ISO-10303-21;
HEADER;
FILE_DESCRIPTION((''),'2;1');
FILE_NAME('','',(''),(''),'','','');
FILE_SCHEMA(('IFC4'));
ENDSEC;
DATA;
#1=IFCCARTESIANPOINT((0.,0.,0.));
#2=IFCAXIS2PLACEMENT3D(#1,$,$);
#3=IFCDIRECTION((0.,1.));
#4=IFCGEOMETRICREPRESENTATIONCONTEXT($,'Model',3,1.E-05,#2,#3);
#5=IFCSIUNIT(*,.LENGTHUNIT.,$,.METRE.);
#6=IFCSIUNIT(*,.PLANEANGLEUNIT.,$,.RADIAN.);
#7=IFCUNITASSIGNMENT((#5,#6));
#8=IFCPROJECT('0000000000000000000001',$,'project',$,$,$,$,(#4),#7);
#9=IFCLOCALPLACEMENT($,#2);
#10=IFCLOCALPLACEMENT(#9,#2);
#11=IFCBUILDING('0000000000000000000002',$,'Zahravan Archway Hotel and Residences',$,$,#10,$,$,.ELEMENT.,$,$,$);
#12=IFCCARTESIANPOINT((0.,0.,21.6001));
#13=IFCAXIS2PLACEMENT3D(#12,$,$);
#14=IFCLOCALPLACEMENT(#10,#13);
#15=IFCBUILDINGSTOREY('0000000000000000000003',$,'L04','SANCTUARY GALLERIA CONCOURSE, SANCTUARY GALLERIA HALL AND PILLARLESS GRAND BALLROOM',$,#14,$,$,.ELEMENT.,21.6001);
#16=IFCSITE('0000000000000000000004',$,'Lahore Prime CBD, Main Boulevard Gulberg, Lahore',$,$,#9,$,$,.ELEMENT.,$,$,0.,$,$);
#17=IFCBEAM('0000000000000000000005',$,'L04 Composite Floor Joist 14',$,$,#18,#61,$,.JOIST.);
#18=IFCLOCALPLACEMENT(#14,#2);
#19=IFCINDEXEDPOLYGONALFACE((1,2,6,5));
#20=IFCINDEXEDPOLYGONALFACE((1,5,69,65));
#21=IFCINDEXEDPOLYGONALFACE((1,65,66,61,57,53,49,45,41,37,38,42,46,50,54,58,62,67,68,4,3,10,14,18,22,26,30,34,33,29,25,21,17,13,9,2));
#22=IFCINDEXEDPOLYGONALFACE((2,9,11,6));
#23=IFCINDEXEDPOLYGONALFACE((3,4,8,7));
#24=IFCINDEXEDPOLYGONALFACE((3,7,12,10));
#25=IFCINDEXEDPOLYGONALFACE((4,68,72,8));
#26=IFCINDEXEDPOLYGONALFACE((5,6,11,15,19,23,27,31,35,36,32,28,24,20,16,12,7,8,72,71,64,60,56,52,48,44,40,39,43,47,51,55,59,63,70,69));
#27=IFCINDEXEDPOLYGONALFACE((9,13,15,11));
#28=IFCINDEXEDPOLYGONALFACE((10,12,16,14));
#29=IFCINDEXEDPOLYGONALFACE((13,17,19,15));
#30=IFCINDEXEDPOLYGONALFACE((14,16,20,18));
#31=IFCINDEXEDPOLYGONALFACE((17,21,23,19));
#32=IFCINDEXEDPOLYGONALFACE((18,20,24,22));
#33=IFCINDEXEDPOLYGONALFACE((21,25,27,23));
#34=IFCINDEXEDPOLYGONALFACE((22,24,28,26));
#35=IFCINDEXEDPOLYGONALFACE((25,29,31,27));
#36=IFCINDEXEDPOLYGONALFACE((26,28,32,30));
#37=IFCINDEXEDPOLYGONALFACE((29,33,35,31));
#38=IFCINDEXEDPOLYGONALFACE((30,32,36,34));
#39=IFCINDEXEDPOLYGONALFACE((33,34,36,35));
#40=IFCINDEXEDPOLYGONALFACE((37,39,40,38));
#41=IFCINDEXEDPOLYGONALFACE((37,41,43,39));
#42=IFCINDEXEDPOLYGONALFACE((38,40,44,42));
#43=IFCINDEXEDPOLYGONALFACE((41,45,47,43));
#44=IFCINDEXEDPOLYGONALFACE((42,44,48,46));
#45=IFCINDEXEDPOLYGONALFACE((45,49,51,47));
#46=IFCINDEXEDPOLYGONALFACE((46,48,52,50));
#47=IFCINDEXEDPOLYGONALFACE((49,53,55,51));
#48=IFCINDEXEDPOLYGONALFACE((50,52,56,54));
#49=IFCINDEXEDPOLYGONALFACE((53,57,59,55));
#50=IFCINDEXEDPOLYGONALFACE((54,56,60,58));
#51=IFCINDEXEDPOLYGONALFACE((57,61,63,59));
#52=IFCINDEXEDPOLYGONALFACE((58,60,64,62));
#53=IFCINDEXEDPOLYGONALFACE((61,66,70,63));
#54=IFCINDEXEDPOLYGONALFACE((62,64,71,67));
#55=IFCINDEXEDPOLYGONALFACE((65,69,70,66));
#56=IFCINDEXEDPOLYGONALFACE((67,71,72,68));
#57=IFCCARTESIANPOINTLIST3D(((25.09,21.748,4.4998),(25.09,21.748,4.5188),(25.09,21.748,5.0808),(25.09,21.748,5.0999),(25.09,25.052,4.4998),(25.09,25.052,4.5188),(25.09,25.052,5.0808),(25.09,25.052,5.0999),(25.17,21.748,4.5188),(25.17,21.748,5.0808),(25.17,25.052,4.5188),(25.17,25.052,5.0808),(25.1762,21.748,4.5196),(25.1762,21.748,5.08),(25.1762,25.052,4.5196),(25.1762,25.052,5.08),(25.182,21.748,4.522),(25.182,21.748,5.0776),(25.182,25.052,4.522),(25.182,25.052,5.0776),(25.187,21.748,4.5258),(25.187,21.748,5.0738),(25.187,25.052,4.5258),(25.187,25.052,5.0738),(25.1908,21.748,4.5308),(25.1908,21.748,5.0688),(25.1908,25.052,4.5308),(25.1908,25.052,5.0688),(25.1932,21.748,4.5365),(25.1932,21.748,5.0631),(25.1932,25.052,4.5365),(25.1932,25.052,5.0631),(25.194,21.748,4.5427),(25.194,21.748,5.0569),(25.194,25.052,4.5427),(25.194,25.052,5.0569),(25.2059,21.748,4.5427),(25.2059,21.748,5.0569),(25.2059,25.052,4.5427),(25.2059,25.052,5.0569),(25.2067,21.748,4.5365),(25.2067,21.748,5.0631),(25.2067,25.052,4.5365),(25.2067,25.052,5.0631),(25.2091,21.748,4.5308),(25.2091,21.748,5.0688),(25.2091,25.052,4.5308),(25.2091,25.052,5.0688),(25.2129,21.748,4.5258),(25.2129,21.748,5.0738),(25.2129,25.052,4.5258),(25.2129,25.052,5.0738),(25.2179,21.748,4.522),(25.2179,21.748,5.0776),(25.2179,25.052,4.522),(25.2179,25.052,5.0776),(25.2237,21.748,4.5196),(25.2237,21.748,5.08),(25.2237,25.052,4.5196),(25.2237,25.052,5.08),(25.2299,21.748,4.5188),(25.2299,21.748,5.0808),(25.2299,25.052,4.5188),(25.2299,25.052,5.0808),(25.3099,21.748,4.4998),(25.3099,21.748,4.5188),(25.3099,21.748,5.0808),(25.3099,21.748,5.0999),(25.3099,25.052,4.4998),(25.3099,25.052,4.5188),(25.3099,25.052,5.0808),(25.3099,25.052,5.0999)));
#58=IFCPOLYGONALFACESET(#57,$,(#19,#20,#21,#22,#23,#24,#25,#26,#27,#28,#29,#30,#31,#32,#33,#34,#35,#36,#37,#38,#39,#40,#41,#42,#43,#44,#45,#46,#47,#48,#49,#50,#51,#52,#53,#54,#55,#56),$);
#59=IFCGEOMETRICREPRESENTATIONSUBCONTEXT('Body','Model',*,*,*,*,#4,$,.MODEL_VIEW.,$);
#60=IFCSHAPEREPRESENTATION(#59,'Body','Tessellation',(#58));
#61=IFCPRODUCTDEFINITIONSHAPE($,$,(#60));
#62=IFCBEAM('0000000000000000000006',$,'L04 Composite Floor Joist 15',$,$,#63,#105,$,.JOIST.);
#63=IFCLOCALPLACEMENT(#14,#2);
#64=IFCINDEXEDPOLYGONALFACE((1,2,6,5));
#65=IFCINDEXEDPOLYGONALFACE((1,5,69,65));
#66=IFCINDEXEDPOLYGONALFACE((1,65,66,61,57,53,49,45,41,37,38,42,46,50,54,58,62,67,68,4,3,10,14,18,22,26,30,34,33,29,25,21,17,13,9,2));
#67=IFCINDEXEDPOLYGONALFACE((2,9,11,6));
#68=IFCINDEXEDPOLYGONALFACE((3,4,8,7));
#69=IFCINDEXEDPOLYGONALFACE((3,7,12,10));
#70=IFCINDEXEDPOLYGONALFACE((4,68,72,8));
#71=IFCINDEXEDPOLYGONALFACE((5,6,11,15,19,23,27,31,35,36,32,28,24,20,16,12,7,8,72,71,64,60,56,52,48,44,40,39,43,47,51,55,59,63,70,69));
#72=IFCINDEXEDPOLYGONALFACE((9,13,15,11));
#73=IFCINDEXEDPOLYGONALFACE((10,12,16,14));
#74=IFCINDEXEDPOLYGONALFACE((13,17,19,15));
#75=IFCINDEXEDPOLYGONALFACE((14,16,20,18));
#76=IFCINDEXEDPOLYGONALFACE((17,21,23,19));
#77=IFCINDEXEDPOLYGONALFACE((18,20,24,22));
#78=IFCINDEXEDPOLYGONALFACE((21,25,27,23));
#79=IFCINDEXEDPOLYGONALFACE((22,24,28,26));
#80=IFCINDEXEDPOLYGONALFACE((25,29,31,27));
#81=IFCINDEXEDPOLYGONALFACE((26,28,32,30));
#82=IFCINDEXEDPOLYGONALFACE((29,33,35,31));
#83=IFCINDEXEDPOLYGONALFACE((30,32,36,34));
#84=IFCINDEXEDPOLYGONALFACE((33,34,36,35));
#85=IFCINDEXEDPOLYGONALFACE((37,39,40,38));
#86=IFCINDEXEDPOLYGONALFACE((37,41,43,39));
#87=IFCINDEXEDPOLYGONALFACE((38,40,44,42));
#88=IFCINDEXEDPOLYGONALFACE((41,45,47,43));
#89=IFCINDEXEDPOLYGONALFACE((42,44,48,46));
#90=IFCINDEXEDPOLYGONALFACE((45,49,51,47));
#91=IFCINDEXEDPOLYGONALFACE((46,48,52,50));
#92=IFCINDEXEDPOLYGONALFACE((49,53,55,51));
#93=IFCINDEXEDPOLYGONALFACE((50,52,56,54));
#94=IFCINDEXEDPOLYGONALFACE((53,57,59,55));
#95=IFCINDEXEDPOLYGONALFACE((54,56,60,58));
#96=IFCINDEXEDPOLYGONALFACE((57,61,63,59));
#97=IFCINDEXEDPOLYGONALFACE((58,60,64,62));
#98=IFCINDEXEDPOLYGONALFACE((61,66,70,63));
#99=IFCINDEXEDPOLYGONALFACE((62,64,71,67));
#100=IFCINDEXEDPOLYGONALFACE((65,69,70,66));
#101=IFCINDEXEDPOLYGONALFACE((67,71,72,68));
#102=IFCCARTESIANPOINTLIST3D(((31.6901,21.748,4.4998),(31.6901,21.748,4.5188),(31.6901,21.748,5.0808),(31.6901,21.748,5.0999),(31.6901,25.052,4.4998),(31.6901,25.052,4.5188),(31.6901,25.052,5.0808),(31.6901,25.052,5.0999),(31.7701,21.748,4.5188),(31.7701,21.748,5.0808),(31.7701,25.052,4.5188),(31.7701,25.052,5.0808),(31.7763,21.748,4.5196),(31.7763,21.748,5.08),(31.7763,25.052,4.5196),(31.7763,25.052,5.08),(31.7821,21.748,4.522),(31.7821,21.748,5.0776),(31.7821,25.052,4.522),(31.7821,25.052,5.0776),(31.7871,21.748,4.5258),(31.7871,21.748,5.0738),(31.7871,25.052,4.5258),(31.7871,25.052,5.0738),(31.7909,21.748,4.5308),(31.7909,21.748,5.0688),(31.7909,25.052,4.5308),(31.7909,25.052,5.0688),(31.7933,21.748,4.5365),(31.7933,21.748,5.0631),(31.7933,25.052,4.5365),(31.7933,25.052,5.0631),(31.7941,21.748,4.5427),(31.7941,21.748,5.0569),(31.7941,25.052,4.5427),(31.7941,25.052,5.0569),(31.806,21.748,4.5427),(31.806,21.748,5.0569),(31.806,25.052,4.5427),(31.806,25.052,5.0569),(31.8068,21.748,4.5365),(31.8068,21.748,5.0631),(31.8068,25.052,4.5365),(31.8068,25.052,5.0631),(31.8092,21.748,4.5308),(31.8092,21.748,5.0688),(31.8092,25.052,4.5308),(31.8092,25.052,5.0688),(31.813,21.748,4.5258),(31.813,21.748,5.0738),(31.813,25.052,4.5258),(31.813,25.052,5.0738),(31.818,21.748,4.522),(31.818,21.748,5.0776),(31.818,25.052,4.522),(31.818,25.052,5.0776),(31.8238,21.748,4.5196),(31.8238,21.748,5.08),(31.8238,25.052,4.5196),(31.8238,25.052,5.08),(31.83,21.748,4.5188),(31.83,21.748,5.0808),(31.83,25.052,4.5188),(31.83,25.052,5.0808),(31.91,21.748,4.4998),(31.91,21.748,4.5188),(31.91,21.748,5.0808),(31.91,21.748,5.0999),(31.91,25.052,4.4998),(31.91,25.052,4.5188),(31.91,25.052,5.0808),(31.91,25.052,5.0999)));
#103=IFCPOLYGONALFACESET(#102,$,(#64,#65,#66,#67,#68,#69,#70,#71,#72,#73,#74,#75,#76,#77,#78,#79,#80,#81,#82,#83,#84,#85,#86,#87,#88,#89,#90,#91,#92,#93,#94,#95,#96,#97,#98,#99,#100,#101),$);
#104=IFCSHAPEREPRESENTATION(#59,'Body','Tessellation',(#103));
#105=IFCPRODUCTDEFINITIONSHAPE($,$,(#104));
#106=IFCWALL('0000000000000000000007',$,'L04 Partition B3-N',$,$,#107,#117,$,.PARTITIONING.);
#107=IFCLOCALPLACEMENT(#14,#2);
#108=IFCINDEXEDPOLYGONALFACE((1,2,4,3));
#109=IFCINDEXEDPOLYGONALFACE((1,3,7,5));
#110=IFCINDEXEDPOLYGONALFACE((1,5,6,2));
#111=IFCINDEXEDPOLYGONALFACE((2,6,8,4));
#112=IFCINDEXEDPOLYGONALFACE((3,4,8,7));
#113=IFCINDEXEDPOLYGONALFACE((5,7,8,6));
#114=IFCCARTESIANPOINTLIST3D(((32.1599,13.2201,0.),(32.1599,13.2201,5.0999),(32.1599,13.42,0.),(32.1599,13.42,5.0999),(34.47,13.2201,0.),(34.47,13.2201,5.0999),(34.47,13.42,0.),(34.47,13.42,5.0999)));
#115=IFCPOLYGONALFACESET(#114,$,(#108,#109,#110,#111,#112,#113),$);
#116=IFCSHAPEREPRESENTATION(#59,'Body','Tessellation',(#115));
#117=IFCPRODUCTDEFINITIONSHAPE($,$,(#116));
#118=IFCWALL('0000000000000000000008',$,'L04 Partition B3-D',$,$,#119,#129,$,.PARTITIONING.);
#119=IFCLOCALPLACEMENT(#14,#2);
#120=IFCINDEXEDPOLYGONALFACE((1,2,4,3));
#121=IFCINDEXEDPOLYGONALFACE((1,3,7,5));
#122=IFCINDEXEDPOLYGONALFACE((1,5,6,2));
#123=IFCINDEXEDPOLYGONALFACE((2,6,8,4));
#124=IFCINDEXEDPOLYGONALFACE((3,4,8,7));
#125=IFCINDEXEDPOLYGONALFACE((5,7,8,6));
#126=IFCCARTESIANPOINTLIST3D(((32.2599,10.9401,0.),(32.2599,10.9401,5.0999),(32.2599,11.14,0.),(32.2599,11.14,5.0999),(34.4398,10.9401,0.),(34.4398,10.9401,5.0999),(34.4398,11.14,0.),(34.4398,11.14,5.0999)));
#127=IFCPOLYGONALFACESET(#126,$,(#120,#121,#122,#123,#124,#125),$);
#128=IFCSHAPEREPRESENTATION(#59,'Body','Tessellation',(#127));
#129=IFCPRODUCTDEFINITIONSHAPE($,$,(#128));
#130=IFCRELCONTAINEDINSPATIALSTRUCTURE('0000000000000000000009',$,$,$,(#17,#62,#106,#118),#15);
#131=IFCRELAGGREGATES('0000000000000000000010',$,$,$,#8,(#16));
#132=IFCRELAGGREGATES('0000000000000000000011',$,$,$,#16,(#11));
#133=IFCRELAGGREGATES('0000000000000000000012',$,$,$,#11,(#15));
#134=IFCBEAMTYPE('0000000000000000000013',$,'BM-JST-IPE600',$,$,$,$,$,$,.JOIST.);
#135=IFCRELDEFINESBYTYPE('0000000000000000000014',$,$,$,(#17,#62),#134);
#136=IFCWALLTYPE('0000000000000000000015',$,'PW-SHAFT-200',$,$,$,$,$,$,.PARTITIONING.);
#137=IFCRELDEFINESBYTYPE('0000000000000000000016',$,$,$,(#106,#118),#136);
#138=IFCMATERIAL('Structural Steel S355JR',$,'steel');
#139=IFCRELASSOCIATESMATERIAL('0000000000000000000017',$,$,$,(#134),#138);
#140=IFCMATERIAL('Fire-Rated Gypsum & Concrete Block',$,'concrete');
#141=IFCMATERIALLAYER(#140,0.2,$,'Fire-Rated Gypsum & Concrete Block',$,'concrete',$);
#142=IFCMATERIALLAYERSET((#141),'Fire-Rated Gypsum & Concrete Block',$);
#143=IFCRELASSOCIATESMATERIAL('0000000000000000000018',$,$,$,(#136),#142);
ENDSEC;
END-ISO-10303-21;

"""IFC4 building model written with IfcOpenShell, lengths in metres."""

from ifc_helpers import new_model, si_unit, direction, frame, frame_2d, origin, origin_2d, place, context, subcontext, project, spatial, rectangle, i_section, extrude, source, transform, mapped, material, layer, layer_set, material_profile, profile_set, type_object, element, save


model = new_model("IFC4")

# Units and contexts
model_context = context("Model", 3, precision=1e-05, world=origin(), true_north=direction((0.0, 1.0)))
body_context = subcontext(model_context, "Body", "Model", "MODEL_VIEW")
ifc_project = project(units=[si_unit("LENGTHUNIT", "METRE"), si_unit("PLANEANGLEUNIT", "RADIAN")], contexts=[model_context])

# Site, building, storey
site_placement = place(None, origin())
site = spatial("IfcSite", under=ifc_project, at=site_placement, Name="Lahore Prime CBD, Main Boulevard Gulberg, Lahore", CompositionType="ELEMENT", RefElevation=0.0)
building_placement = place(site_placement, origin())
building = spatial("IfcBuilding", under=site, at=building_placement, Name="Zahravan Archway Hotel and Residences", CompositionType="ELEMENT")
storey_placement = place(building_placement, frame((0.0, 0.0, 21.6001)))
storey = spatial("IfcBuildingStorey", under=building, at=storey_placement, Name="L04", Description="SANCTUARY GALLERIA CONCOURSE, SANCTUARY GALLERIA HALL AND PILLARLESS GRAND BALLROOM", CompositionType="ELEMENT", Elevation=21.6001)

# Beams
ifc_material_1 = material(Name="Structural Steel S355JR", Category="steel")
ifc_material_profile_1 = material_profile(ifc_material_1, i_section(OverallWidth=0.22, OverallDepth=0.6001, WebThickness=0.012, FlangeThickness=0.019, FilletRadius=0.0239, at=origin_2d()), Name="IPE 600", Category="steel")
ifc_profile_set_1 = profile_set([ifc_material_profile_1], Name="Structural Steel S355JR")
beam_type_1 = type_object("IfcBeamType", Name="BM-JST-IPE600", PredefinedType="JOIST", material=ifc_profile_set_1)
shared_shape_1 = source(origin(), body_context, "Body", "SweptSolid", [
    extrude(i_section(OverallWidth=0.22, OverallDepth=0.6001, WebThickness=0.012, FlangeThickness=0.019, FilletRadius=0.0239, at=origin_2d()), origin(), (0.0, 0.0, 1.0), 3.304),
])
for number, where, z_axis, x_axis, name in (
    (1, (25.2, 21.748, 4.7998), (0.0, 1.0, 0.0), (-1.0, 0.0, 0.0), "L04 Composite Floor Joist 14"),
    (2, (31.8, 21.748, 4.7998), (0.0, 1.0, 0.0), (-1.0, 0.0, 0.0), "L04 Composite Floor Joist 15"),
):
    element("IfcBeam", number, at=place(storey_placement, frame(where, z_axis=z_axis, x_axis=x_axis)), inside=storey, type_object=beam_type_1, Name=name, PredefinedType="JOIST", context=body_context, shape_type="MappedRepresentation", body=[
        mapped(shared_shape_1, transform((0.0, 0.0, 0.0), scale=1.0)),
    ])

# Walls
ifc_material_2 = material(Name="Fire-Rated Gypsum & Concrete Block", Category="concrete")
ifc_layer_1 = layer(ifc_material_2, 0.2, Name="Fire-Rated Gypsum & Concrete Block", Category="concrete")
ifc_layer_set_1 = layer_set([ifc_layer_1], Name="Fire-Rated Gypsum & Concrete Block")
wall_type_1 = type_object("IfcWallType", Name="PW-SHAFT-200", PredefinedType="PARTITIONING", material=ifc_layer_set_1)
wall_1_placement = place(storey_placement, frame((32.1599, 13.3201, 0.0), z_axis=(0.0, 0.0, 1.0), x_axis=(1.0, 0.0, 0.0)))
element("IfcWall", 3, at=wall_1_placement, inside=storey, type_object=wall_type_1, Name="L04 Partition B3-N", PredefinedType="PARTITIONING", context=body_context, shape_type="SweptSolid", body=[
    extrude(rectangle(XDim=2.3101, YDim=0.2, at=frame_2d((1.155, 0.0))), origin(), (0.0, 0.0, 1.0), 5.0999),
])
wall_2_placement = place(storey_placement, frame((32.26, 11.04, 0.0), z_axis=(0.0, 0.0, 1.0), x_axis=(1.0, 0.0, 0.0)))
element("IfcWall", 4, at=wall_2_placement, inside=storey, type_object=wall_type_1, Name="L04 Partition B3-D", PredefinedType="PARTITIONING", context=body_context, shape_type="SweptSolid", body=[
    extrude(rectangle(XDim=2.1799, YDim=0.2, at=frame_2d((1.0898, 0.0))), origin(), (0.0, 0.0, 1.0), 5.0999),
])

save(model, "model.ifc")
